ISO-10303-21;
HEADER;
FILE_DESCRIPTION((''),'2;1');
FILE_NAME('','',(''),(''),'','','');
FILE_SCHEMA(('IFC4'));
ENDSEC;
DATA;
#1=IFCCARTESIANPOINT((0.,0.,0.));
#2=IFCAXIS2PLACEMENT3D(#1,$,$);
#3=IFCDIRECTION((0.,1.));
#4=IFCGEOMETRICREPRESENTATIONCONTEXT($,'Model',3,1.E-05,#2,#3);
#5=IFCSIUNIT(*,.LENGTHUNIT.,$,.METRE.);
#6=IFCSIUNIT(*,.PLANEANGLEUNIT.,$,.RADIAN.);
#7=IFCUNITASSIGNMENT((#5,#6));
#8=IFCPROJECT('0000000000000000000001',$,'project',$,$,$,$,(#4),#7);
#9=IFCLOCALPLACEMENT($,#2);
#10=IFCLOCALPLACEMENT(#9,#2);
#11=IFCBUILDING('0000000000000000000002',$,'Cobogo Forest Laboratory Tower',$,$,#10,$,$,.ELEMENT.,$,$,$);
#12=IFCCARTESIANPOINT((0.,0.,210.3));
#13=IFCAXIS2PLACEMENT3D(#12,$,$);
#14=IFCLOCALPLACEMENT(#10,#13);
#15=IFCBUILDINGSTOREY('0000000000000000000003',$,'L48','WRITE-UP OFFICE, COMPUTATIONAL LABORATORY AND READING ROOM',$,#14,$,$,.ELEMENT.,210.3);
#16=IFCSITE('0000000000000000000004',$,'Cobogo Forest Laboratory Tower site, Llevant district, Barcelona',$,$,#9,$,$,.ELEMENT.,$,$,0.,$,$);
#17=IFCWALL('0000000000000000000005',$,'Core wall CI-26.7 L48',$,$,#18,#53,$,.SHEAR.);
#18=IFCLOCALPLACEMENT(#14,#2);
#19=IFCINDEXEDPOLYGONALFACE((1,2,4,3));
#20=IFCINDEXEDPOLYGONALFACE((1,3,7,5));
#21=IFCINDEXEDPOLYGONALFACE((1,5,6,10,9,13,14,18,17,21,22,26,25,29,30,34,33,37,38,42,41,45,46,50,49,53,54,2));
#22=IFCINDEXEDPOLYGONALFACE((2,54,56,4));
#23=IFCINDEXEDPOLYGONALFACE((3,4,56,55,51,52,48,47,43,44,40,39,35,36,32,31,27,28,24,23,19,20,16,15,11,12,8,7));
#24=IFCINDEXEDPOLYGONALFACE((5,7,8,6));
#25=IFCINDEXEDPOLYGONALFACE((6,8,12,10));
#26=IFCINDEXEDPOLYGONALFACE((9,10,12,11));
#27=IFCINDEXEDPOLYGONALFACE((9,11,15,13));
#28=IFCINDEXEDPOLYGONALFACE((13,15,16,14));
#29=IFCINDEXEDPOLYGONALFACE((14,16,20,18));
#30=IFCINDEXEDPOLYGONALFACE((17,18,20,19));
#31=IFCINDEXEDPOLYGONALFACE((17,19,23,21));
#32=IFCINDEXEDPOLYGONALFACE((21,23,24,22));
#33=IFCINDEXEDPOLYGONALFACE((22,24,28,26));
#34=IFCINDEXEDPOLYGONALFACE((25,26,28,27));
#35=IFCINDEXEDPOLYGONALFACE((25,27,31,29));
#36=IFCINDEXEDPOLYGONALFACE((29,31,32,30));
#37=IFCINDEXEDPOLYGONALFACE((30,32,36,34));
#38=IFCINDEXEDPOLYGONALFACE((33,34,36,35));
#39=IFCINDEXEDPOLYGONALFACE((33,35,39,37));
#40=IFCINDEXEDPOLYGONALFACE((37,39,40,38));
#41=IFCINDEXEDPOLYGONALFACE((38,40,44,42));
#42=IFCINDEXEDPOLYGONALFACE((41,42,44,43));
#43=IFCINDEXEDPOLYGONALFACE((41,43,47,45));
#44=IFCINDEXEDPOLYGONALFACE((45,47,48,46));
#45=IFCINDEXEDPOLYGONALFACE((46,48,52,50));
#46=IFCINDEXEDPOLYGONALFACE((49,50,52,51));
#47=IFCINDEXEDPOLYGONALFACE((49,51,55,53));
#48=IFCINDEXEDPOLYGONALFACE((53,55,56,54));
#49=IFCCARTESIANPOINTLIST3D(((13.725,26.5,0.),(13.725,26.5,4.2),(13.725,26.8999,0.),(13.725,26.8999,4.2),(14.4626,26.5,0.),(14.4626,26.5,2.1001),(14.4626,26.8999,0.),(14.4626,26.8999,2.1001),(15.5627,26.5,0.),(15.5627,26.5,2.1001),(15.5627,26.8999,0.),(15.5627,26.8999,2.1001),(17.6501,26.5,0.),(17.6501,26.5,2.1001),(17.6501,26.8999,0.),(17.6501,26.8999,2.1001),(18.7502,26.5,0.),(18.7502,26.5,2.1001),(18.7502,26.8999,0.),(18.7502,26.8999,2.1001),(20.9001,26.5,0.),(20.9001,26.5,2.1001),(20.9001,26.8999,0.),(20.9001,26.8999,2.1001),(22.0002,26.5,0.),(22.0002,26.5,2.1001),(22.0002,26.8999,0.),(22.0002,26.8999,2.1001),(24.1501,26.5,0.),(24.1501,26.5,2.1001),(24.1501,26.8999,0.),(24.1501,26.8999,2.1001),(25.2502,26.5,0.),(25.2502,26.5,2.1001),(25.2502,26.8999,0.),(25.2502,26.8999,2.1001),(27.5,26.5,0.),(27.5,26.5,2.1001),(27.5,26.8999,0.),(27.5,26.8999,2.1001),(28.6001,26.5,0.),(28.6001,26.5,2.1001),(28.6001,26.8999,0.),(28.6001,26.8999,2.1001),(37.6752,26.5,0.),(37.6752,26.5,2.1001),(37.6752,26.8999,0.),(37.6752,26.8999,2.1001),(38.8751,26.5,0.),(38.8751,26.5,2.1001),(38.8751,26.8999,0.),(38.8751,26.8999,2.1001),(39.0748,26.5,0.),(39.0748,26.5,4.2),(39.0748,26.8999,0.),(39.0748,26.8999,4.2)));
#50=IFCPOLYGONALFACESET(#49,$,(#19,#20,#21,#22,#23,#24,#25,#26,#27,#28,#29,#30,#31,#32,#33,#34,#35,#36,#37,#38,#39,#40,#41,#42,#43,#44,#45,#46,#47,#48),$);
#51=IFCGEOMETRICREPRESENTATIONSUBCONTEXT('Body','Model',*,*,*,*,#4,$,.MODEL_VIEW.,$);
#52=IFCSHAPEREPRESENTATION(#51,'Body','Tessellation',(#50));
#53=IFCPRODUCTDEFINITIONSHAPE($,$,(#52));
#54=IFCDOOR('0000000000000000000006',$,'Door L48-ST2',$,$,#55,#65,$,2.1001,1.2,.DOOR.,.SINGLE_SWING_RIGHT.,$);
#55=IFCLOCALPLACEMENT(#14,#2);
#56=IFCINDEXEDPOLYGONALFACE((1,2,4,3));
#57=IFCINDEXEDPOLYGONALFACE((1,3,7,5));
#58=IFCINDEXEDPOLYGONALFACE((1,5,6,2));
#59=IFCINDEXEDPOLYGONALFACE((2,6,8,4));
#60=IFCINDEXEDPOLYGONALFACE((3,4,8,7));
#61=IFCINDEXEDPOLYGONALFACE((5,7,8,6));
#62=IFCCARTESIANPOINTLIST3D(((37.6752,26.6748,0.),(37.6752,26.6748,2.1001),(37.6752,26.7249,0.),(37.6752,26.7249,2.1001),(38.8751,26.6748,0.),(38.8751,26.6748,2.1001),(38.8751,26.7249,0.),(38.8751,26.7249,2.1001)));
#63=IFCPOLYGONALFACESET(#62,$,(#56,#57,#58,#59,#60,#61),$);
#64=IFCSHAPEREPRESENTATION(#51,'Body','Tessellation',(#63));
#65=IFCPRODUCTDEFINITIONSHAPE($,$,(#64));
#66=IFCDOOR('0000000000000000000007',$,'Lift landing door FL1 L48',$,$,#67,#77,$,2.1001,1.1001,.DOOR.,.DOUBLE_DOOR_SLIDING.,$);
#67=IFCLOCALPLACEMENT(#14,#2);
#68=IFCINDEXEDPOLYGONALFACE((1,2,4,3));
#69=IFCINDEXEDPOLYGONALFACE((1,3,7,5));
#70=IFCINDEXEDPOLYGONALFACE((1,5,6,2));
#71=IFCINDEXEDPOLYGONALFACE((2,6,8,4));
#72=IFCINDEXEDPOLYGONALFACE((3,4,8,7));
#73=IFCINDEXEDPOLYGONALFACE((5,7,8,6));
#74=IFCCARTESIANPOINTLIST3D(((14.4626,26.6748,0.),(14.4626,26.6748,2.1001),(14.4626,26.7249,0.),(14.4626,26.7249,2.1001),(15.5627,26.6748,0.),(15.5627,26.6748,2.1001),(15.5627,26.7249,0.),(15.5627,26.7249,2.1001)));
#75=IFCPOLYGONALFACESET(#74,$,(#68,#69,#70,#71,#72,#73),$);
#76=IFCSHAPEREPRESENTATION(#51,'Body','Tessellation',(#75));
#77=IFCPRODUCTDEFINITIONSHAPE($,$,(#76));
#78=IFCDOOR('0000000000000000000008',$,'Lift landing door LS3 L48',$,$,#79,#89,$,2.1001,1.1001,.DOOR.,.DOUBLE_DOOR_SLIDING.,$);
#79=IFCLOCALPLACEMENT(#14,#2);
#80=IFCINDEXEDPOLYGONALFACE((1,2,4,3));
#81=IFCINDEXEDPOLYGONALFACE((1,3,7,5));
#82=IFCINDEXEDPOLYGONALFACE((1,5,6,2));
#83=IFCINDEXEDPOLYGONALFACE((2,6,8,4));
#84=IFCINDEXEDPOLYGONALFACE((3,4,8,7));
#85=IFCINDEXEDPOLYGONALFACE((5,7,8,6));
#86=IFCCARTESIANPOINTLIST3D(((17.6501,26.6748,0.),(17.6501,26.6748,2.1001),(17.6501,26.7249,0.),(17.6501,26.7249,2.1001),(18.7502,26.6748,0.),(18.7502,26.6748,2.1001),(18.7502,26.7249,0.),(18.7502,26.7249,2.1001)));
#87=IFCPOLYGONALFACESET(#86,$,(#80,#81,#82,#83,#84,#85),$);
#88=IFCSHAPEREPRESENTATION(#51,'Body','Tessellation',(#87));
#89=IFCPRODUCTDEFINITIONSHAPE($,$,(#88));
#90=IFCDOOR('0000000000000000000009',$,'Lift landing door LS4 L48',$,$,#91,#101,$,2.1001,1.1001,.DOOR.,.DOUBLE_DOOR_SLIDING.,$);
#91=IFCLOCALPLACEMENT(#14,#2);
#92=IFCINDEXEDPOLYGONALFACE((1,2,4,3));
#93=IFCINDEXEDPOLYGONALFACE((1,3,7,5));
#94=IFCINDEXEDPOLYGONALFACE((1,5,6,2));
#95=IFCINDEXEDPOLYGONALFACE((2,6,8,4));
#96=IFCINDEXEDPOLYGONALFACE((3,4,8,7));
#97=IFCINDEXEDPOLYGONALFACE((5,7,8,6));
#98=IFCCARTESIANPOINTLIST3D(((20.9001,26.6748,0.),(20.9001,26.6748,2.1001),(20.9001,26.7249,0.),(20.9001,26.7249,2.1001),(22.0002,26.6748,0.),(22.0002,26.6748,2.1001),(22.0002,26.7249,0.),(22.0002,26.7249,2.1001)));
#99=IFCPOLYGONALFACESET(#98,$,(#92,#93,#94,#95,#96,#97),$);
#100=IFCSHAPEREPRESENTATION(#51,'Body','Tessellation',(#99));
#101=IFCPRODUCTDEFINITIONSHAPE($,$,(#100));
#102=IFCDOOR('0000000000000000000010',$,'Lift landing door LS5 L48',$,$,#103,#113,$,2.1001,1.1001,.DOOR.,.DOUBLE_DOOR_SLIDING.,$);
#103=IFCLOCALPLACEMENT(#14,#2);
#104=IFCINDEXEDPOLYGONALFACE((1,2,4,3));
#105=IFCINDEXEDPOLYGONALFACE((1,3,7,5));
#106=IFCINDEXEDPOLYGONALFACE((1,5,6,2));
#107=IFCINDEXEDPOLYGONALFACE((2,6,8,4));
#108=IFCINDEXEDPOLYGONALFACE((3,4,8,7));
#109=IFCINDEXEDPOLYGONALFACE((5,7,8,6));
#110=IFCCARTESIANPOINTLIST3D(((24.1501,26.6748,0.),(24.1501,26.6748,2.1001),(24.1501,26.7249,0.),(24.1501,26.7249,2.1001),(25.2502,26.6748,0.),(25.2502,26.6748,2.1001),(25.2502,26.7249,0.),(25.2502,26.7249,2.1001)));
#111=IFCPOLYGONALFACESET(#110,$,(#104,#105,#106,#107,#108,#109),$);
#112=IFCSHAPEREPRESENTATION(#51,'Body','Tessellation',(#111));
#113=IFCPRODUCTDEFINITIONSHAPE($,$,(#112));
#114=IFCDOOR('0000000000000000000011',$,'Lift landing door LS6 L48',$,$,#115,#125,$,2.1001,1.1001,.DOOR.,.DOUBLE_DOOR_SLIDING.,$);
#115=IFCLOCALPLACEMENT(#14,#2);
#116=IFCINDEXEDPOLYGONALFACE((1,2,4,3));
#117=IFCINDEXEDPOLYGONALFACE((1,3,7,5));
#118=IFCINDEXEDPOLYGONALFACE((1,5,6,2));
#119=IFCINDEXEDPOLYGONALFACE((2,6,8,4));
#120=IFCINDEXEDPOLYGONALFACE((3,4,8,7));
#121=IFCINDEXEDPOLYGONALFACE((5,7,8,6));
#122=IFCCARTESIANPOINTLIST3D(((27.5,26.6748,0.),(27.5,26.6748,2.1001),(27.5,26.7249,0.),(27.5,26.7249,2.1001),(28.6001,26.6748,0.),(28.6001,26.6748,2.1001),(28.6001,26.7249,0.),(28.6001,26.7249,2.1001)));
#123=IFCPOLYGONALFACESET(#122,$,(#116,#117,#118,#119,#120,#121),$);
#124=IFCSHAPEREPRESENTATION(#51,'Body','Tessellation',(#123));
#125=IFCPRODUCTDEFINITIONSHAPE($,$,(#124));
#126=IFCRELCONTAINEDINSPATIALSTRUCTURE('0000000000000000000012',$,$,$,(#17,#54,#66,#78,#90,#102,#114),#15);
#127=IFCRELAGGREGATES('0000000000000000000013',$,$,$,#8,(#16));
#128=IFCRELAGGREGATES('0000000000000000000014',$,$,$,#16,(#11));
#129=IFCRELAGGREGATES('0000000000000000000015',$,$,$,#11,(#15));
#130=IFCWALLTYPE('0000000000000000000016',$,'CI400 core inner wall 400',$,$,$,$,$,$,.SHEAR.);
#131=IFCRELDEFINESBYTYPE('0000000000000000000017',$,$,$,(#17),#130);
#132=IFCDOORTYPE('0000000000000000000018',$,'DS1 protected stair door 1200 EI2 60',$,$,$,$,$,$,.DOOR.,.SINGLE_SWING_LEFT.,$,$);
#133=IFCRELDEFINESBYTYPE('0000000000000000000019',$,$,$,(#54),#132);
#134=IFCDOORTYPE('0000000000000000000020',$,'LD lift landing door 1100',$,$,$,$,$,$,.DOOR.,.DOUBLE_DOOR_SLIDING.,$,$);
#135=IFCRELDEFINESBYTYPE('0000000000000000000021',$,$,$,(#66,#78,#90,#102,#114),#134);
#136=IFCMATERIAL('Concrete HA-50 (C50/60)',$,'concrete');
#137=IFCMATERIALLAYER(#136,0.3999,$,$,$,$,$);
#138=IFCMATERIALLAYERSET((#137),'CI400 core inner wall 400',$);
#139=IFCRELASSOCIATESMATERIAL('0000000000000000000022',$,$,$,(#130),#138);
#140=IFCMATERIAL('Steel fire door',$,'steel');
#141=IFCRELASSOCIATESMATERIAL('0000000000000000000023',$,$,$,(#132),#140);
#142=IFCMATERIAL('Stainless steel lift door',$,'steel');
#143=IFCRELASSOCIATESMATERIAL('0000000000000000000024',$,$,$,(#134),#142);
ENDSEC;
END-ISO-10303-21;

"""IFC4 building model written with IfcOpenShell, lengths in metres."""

from ifc_helpers import new_model, si_unit, direction, frame, frame_2d, origin, place, context, subcontext, project, spatial, rectangle, extrude, material, layer, layer_set, type_object, element, fill, save


model = new_model("IFC4")

# Units and contexts
model_context = context("Model", 3, precision=1e-05, world=origin(), true_north=direction((0.0, 1.0)))
body_context = subcontext(model_context, "Body", "Model", "MODEL_VIEW")
ifc_project = project(units=[si_unit("LENGTHUNIT", "METRE"), si_unit("PLANEANGLEUNIT", "RADIAN")], contexts=[model_context])

# Site, building, storey
site_placement = place(None, origin())
site = spatial("IfcSite", under=ifc_project, at=site_placement, Name="Cobogo Forest Laboratory Tower site, Llevant district, Barcelona", CompositionType="ELEMENT", RefElevation=0.0)
building_placement = place(site_placement, origin())
building = spatial("IfcBuilding", under=site, at=building_placement, Name="Cobogo Forest Laboratory Tower", CompositionType="ELEMENT")
storey_placement = place(building_placement, frame((0.0, 0.0, 210.3)))
storey = spatial("IfcBuildingStorey", under=building, at=storey_placement, Name="L48", Description="WRITE-UP OFFICE, COMPUTATIONAL LABORATORY AND READING ROOM", CompositionType="ELEMENT", Elevation=210.3)

# Shared definitions
ifc_material_1 = material(Name="Concrete HA-50 (C50/60)", Category="concrete")

# Shared definitions
ifc_layer_1 = layer(ifc_material_1, 0.3999)
ifc_layer_set_1 = layer_set([ifc_layer_1], Name="CI400 core inner wall 400")
wall_type_1 = type_object("IfcWallType", Name="CI400 core inner wall 400", PredefinedType="SHEAR", material=ifc_layer_set_1)

# Wall, openings, doors
wall_1_placement = place(storey_placement, frame((13.7251, 26.7, 0.0), z_axis=(0.0, 0.0, 1.0), x_axis=(1.0, 0.0, 0.0)))
wall_1 = element("IfcWall", 1, at=wall_1_placement, inside=storey, type_object=wall_type_1, Name="Core wall CI-26.7 L48", PredefinedType="SHEAR", context=body_context, shape_type="SweptSolid", body=[
    extrude(rectangle(XDim=25.3499, YDim=0.3999, at=frame_2d((12.6748, 0.0))), origin(), (0.0, 0.0, 1.0), 4.2),
])
opening_1_placement = place(wall_1_placement, frame((23.95, 0.0, 0.0)))
opening_1 = element("IfcOpeningElement", 2, at=opening_1_placement, cuts=wall_1, PredefinedType="OPENING", context=body_context, shape_type="SweptSolid", body=[
    extrude(rectangle(XDim=1.2, YDim=2.1001, at=frame_2d((0.6001, 1.05))), frame((0.0, 0.21, 0.0), z_axis=(0.0, -1.0, 0.0), x_axis=(1.0, 0.0, 0.0)), (0.0, 0.0, 1.0), 0.4199),
])
opening_2_placement = place(wall_1_placement, frame((0.7375, 0.0, 0.0)))
opening_2 = element("IfcOpeningElement", 3, at=opening_2_placement, cuts=wall_1, PredefinedType="OPENING", context=body_context, shape_type="SweptSolid", body=[
    extrude(rectangle(XDim=1.1001, YDim=2.1001, at=frame_2d((0.55, 1.05))), frame((0.0, 0.21, 0.0), z_axis=(0.0, -1.0, 0.0), x_axis=(1.0, 0.0, 0.0)), (0.0, 0.0, 1.0), 0.4199),
])
opening_3_placement = place(wall_1_placement, frame((3.925, 0.0, 0.0)))
opening_3 = element("IfcOpeningElement", 4, at=opening_3_placement, cuts=wall_1, PredefinedType="OPENING", context=body_context, shape_type="SweptSolid", body=[
    extrude(rectangle(XDim=1.1001, YDim=2.1001, at=frame_2d((0.55, 1.05))), frame((0.0, 0.21, 0.0), z_axis=(0.0, -1.0, 0.0), x_axis=(1.0, 0.0, 0.0)), (0.0, 0.0, 1.0), 0.4199),
])
opening_4_placement = place(wall_1_placement, frame((7.175, 0.0, 0.0)))
opening_4 = element("IfcOpeningElement", 5, at=opening_4_placement, cuts=wall_1, PredefinedType="OPENING", context=body_context, shape_type="SweptSolid", body=[
    extrude(rectangle(XDim=1.1001, YDim=2.1001, at=frame_2d((0.55, 1.05))), frame((0.0, 0.21, 0.0), z_axis=(0.0, -1.0, 0.0), x_axis=(1.0, 0.0, 0.0)), (0.0, 0.0, 1.0), 0.4199),
])
opening_5_placement = place(wall_1_placement, frame((10.425, 0.0, 0.0)))
opening_5 = element("IfcOpeningElement", 6, at=opening_5_placement, cuts=wall_1, PredefinedType="OPENING", context=body_context, shape_type="SweptSolid", body=[
    extrude(rectangle(XDim=1.1001, YDim=2.1001, at=frame_2d((0.55, 1.05))), frame((0.0, 0.21, 0.0), z_axis=(0.0, -1.0, 0.0), x_axis=(1.0, 0.0, 0.0)), (0.0, 0.0, 1.0), 0.4199),
])
opening_6_placement = place(wall_1_placement, frame((13.7749, 0.0, 0.0)))
opening_6 = element("IfcOpeningElement", 7, at=opening_6_placement, cuts=wall_1, PredefinedType="OPENING", context=body_context, shape_type="SweptSolid", body=[
    extrude(rectangle(XDim=1.1001, YDim=2.1001, at=frame_2d((0.55, 1.05))), frame((0.0, 0.21, 0.0), z_axis=(0.0, -1.0, 0.0), x_axis=(1.0, 0.0, 0.0)), (0.0, 0.0, 1.0), 0.4199),
])
ifc_material_2 = material(Name="Steel fire door", Category="steel")
door_type_1 = type_object("IfcDoorType", Name="DS1 protected stair door 1200 EI2 60", OperationType="SINGLE_SWING_LEFT", PredefinedType="DOOR", material=ifc_material_2)
door_1_placement = place(opening_1_placement, origin())
door_1 = element("IfcDoor", 8, at=door_1_placement, inside=storey, type_object=door_type_1, Name="Door L48-ST2", OperationType="SINGLE_SWING_RIGHT", OverallHeight=2.1001, OverallWidth=1.2, PredefinedType="DOOR", context=body_context, shape_type="SweptSolid", body=[
    extrude(rectangle(XDim=1.2, YDim=2.1001, at=frame_2d((0.6001, 1.05))), frame((0.0, 0.0249, 0.0), z_axis=(0.0, -1.0, 0.0), x_axis=(1.0, 0.0, 0.0)), (0.0, 0.0, 1.0), 0.05),
])
fill(opening_1, door_1)
ifc_material_3 = material(Name="Stainless steel lift door", Category="steel")
door_type_2 = type_object("IfcDoorType", Name="LD lift landing door 1100", OperationType="DOUBLE_DOOR_SLIDING", PredefinedType="DOOR", material=ifc_material_3)
door_2_placement = place(opening_2_placement, origin())
door_2 = element("IfcDoor", 9, at=door_2_placement, inside=storey, type_object=door_type_2, Name="Lift landing door FL1 L48", OperationType="DOUBLE_DOOR_SLIDING", OverallHeight=2.1001, OverallWidth=1.1001, PredefinedType="DOOR", context=body_context, shape_type="SweptSolid", body=[
    extrude(rectangle(XDim=1.1001, YDim=2.1001, at=frame_2d((0.55, 1.05))), frame((0.0, 0.0249, 0.0), z_axis=(0.0, -1.0, 0.0), x_axis=(1.0, 0.0, 0.0)), (0.0, 0.0, 1.0), 0.05),
])
fill(opening_2, door_2)
door_3_placement = place(opening_3_placement, origin())
door_3 = element("IfcDoor", 10, at=door_3_placement, inside=storey, type_object=door_type_2, Name="Lift landing door LS3 L48", OperationType="DOUBLE_DOOR_SLIDING", OverallHeight=2.1001, OverallWidth=1.1001, PredefinedType="DOOR", context=body_context, shape_type="SweptSolid", body=[
    extrude(rectangle(XDim=1.1001, YDim=2.1001, at=frame_2d((0.55, 1.05))), frame((0.0, 0.0249, 0.0), z_axis=(0.0, -1.0, 0.0), x_axis=(1.0, 0.0, 0.0)), (0.0, 0.0, 1.0), 0.05),
])
fill(opening_3, door_3)
door_4_placement = place(opening_4_placement, origin())
door_4 = element("IfcDoor", 11, at=door_4_placement, inside=storey, type_object=door_type_2, Name="Lift landing door LS4 L48", OperationType="DOUBLE_DOOR_SLIDING", OverallHeight=2.1001, OverallWidth=1.1001, PredefinedType="DOOR", context=body_context, shape_type="SweptSolid", body=[
    extrude(rectangle(XDim=1.1001, YDim=2.1001, at=frame_2d((0.55, 1.05))), frame((0.0, 0.0249, 0.0), z_axis=(0.0, -1.0, 0.0), x_axis=(1.0, 0.0, 0.0)), (0.0, 0.0, 1.0), 0.05),
])
fill(opening_4, door_4)
door_5_placement = place(opening_5_placement, origin())
door_5 = element("IfcDoor", 12, at=door_5_placement, inside=storey, type_object=door_type_2, Name="Lift landing door LS5 L48", OperationType="DOUBLE_DOOR_SLIDING", OverallHeight=2.1001, OverallWidth=1.1001, PredefinedType="DOOR", context=body_context, shape_type="SweptSolid", body=[
    extrude(rectangle(XDim=1.1001, YDim=2.1001, at=frame_2d((0.55, 1.05))), frame((0.0, 0.0249, 0.0), z_axis=(0.0, -1.0, 0.0), x_axis=(1.0, 0.0, 0.0)), (0.0, 0.0, 1.0), 0.05),
])
fill(opening_5, door_5)
door_6_placement = place(opening_6_placement, origin())
door_6 = element("IfcDoor", 13, at=door_6_placement, inside=storey, type_object=door_type_2, Name="Lift landing door LS6 L48", OperationType="DOUBLE_DOOR_SLIDING", OverallHeight=2.1001, OverallWidth=1.1001, PredefinedType="DOOR", context=body_context, shape_type="SweptSolid", body=[
    extrude(rectangle(XDim=1.1001, YDim=2.1001, at=frame_2d((0.55, 1.05))), frame((0.0, 0.0249, 0.0), z_axis=(0.0, -1.0, 0.0), x_axis=(1.0, 0.0, 0.0)), (0.0, 0.0, 1.0), 0.05),
])
fill(opening_6, door_6)

save(model, "model.ifc")
